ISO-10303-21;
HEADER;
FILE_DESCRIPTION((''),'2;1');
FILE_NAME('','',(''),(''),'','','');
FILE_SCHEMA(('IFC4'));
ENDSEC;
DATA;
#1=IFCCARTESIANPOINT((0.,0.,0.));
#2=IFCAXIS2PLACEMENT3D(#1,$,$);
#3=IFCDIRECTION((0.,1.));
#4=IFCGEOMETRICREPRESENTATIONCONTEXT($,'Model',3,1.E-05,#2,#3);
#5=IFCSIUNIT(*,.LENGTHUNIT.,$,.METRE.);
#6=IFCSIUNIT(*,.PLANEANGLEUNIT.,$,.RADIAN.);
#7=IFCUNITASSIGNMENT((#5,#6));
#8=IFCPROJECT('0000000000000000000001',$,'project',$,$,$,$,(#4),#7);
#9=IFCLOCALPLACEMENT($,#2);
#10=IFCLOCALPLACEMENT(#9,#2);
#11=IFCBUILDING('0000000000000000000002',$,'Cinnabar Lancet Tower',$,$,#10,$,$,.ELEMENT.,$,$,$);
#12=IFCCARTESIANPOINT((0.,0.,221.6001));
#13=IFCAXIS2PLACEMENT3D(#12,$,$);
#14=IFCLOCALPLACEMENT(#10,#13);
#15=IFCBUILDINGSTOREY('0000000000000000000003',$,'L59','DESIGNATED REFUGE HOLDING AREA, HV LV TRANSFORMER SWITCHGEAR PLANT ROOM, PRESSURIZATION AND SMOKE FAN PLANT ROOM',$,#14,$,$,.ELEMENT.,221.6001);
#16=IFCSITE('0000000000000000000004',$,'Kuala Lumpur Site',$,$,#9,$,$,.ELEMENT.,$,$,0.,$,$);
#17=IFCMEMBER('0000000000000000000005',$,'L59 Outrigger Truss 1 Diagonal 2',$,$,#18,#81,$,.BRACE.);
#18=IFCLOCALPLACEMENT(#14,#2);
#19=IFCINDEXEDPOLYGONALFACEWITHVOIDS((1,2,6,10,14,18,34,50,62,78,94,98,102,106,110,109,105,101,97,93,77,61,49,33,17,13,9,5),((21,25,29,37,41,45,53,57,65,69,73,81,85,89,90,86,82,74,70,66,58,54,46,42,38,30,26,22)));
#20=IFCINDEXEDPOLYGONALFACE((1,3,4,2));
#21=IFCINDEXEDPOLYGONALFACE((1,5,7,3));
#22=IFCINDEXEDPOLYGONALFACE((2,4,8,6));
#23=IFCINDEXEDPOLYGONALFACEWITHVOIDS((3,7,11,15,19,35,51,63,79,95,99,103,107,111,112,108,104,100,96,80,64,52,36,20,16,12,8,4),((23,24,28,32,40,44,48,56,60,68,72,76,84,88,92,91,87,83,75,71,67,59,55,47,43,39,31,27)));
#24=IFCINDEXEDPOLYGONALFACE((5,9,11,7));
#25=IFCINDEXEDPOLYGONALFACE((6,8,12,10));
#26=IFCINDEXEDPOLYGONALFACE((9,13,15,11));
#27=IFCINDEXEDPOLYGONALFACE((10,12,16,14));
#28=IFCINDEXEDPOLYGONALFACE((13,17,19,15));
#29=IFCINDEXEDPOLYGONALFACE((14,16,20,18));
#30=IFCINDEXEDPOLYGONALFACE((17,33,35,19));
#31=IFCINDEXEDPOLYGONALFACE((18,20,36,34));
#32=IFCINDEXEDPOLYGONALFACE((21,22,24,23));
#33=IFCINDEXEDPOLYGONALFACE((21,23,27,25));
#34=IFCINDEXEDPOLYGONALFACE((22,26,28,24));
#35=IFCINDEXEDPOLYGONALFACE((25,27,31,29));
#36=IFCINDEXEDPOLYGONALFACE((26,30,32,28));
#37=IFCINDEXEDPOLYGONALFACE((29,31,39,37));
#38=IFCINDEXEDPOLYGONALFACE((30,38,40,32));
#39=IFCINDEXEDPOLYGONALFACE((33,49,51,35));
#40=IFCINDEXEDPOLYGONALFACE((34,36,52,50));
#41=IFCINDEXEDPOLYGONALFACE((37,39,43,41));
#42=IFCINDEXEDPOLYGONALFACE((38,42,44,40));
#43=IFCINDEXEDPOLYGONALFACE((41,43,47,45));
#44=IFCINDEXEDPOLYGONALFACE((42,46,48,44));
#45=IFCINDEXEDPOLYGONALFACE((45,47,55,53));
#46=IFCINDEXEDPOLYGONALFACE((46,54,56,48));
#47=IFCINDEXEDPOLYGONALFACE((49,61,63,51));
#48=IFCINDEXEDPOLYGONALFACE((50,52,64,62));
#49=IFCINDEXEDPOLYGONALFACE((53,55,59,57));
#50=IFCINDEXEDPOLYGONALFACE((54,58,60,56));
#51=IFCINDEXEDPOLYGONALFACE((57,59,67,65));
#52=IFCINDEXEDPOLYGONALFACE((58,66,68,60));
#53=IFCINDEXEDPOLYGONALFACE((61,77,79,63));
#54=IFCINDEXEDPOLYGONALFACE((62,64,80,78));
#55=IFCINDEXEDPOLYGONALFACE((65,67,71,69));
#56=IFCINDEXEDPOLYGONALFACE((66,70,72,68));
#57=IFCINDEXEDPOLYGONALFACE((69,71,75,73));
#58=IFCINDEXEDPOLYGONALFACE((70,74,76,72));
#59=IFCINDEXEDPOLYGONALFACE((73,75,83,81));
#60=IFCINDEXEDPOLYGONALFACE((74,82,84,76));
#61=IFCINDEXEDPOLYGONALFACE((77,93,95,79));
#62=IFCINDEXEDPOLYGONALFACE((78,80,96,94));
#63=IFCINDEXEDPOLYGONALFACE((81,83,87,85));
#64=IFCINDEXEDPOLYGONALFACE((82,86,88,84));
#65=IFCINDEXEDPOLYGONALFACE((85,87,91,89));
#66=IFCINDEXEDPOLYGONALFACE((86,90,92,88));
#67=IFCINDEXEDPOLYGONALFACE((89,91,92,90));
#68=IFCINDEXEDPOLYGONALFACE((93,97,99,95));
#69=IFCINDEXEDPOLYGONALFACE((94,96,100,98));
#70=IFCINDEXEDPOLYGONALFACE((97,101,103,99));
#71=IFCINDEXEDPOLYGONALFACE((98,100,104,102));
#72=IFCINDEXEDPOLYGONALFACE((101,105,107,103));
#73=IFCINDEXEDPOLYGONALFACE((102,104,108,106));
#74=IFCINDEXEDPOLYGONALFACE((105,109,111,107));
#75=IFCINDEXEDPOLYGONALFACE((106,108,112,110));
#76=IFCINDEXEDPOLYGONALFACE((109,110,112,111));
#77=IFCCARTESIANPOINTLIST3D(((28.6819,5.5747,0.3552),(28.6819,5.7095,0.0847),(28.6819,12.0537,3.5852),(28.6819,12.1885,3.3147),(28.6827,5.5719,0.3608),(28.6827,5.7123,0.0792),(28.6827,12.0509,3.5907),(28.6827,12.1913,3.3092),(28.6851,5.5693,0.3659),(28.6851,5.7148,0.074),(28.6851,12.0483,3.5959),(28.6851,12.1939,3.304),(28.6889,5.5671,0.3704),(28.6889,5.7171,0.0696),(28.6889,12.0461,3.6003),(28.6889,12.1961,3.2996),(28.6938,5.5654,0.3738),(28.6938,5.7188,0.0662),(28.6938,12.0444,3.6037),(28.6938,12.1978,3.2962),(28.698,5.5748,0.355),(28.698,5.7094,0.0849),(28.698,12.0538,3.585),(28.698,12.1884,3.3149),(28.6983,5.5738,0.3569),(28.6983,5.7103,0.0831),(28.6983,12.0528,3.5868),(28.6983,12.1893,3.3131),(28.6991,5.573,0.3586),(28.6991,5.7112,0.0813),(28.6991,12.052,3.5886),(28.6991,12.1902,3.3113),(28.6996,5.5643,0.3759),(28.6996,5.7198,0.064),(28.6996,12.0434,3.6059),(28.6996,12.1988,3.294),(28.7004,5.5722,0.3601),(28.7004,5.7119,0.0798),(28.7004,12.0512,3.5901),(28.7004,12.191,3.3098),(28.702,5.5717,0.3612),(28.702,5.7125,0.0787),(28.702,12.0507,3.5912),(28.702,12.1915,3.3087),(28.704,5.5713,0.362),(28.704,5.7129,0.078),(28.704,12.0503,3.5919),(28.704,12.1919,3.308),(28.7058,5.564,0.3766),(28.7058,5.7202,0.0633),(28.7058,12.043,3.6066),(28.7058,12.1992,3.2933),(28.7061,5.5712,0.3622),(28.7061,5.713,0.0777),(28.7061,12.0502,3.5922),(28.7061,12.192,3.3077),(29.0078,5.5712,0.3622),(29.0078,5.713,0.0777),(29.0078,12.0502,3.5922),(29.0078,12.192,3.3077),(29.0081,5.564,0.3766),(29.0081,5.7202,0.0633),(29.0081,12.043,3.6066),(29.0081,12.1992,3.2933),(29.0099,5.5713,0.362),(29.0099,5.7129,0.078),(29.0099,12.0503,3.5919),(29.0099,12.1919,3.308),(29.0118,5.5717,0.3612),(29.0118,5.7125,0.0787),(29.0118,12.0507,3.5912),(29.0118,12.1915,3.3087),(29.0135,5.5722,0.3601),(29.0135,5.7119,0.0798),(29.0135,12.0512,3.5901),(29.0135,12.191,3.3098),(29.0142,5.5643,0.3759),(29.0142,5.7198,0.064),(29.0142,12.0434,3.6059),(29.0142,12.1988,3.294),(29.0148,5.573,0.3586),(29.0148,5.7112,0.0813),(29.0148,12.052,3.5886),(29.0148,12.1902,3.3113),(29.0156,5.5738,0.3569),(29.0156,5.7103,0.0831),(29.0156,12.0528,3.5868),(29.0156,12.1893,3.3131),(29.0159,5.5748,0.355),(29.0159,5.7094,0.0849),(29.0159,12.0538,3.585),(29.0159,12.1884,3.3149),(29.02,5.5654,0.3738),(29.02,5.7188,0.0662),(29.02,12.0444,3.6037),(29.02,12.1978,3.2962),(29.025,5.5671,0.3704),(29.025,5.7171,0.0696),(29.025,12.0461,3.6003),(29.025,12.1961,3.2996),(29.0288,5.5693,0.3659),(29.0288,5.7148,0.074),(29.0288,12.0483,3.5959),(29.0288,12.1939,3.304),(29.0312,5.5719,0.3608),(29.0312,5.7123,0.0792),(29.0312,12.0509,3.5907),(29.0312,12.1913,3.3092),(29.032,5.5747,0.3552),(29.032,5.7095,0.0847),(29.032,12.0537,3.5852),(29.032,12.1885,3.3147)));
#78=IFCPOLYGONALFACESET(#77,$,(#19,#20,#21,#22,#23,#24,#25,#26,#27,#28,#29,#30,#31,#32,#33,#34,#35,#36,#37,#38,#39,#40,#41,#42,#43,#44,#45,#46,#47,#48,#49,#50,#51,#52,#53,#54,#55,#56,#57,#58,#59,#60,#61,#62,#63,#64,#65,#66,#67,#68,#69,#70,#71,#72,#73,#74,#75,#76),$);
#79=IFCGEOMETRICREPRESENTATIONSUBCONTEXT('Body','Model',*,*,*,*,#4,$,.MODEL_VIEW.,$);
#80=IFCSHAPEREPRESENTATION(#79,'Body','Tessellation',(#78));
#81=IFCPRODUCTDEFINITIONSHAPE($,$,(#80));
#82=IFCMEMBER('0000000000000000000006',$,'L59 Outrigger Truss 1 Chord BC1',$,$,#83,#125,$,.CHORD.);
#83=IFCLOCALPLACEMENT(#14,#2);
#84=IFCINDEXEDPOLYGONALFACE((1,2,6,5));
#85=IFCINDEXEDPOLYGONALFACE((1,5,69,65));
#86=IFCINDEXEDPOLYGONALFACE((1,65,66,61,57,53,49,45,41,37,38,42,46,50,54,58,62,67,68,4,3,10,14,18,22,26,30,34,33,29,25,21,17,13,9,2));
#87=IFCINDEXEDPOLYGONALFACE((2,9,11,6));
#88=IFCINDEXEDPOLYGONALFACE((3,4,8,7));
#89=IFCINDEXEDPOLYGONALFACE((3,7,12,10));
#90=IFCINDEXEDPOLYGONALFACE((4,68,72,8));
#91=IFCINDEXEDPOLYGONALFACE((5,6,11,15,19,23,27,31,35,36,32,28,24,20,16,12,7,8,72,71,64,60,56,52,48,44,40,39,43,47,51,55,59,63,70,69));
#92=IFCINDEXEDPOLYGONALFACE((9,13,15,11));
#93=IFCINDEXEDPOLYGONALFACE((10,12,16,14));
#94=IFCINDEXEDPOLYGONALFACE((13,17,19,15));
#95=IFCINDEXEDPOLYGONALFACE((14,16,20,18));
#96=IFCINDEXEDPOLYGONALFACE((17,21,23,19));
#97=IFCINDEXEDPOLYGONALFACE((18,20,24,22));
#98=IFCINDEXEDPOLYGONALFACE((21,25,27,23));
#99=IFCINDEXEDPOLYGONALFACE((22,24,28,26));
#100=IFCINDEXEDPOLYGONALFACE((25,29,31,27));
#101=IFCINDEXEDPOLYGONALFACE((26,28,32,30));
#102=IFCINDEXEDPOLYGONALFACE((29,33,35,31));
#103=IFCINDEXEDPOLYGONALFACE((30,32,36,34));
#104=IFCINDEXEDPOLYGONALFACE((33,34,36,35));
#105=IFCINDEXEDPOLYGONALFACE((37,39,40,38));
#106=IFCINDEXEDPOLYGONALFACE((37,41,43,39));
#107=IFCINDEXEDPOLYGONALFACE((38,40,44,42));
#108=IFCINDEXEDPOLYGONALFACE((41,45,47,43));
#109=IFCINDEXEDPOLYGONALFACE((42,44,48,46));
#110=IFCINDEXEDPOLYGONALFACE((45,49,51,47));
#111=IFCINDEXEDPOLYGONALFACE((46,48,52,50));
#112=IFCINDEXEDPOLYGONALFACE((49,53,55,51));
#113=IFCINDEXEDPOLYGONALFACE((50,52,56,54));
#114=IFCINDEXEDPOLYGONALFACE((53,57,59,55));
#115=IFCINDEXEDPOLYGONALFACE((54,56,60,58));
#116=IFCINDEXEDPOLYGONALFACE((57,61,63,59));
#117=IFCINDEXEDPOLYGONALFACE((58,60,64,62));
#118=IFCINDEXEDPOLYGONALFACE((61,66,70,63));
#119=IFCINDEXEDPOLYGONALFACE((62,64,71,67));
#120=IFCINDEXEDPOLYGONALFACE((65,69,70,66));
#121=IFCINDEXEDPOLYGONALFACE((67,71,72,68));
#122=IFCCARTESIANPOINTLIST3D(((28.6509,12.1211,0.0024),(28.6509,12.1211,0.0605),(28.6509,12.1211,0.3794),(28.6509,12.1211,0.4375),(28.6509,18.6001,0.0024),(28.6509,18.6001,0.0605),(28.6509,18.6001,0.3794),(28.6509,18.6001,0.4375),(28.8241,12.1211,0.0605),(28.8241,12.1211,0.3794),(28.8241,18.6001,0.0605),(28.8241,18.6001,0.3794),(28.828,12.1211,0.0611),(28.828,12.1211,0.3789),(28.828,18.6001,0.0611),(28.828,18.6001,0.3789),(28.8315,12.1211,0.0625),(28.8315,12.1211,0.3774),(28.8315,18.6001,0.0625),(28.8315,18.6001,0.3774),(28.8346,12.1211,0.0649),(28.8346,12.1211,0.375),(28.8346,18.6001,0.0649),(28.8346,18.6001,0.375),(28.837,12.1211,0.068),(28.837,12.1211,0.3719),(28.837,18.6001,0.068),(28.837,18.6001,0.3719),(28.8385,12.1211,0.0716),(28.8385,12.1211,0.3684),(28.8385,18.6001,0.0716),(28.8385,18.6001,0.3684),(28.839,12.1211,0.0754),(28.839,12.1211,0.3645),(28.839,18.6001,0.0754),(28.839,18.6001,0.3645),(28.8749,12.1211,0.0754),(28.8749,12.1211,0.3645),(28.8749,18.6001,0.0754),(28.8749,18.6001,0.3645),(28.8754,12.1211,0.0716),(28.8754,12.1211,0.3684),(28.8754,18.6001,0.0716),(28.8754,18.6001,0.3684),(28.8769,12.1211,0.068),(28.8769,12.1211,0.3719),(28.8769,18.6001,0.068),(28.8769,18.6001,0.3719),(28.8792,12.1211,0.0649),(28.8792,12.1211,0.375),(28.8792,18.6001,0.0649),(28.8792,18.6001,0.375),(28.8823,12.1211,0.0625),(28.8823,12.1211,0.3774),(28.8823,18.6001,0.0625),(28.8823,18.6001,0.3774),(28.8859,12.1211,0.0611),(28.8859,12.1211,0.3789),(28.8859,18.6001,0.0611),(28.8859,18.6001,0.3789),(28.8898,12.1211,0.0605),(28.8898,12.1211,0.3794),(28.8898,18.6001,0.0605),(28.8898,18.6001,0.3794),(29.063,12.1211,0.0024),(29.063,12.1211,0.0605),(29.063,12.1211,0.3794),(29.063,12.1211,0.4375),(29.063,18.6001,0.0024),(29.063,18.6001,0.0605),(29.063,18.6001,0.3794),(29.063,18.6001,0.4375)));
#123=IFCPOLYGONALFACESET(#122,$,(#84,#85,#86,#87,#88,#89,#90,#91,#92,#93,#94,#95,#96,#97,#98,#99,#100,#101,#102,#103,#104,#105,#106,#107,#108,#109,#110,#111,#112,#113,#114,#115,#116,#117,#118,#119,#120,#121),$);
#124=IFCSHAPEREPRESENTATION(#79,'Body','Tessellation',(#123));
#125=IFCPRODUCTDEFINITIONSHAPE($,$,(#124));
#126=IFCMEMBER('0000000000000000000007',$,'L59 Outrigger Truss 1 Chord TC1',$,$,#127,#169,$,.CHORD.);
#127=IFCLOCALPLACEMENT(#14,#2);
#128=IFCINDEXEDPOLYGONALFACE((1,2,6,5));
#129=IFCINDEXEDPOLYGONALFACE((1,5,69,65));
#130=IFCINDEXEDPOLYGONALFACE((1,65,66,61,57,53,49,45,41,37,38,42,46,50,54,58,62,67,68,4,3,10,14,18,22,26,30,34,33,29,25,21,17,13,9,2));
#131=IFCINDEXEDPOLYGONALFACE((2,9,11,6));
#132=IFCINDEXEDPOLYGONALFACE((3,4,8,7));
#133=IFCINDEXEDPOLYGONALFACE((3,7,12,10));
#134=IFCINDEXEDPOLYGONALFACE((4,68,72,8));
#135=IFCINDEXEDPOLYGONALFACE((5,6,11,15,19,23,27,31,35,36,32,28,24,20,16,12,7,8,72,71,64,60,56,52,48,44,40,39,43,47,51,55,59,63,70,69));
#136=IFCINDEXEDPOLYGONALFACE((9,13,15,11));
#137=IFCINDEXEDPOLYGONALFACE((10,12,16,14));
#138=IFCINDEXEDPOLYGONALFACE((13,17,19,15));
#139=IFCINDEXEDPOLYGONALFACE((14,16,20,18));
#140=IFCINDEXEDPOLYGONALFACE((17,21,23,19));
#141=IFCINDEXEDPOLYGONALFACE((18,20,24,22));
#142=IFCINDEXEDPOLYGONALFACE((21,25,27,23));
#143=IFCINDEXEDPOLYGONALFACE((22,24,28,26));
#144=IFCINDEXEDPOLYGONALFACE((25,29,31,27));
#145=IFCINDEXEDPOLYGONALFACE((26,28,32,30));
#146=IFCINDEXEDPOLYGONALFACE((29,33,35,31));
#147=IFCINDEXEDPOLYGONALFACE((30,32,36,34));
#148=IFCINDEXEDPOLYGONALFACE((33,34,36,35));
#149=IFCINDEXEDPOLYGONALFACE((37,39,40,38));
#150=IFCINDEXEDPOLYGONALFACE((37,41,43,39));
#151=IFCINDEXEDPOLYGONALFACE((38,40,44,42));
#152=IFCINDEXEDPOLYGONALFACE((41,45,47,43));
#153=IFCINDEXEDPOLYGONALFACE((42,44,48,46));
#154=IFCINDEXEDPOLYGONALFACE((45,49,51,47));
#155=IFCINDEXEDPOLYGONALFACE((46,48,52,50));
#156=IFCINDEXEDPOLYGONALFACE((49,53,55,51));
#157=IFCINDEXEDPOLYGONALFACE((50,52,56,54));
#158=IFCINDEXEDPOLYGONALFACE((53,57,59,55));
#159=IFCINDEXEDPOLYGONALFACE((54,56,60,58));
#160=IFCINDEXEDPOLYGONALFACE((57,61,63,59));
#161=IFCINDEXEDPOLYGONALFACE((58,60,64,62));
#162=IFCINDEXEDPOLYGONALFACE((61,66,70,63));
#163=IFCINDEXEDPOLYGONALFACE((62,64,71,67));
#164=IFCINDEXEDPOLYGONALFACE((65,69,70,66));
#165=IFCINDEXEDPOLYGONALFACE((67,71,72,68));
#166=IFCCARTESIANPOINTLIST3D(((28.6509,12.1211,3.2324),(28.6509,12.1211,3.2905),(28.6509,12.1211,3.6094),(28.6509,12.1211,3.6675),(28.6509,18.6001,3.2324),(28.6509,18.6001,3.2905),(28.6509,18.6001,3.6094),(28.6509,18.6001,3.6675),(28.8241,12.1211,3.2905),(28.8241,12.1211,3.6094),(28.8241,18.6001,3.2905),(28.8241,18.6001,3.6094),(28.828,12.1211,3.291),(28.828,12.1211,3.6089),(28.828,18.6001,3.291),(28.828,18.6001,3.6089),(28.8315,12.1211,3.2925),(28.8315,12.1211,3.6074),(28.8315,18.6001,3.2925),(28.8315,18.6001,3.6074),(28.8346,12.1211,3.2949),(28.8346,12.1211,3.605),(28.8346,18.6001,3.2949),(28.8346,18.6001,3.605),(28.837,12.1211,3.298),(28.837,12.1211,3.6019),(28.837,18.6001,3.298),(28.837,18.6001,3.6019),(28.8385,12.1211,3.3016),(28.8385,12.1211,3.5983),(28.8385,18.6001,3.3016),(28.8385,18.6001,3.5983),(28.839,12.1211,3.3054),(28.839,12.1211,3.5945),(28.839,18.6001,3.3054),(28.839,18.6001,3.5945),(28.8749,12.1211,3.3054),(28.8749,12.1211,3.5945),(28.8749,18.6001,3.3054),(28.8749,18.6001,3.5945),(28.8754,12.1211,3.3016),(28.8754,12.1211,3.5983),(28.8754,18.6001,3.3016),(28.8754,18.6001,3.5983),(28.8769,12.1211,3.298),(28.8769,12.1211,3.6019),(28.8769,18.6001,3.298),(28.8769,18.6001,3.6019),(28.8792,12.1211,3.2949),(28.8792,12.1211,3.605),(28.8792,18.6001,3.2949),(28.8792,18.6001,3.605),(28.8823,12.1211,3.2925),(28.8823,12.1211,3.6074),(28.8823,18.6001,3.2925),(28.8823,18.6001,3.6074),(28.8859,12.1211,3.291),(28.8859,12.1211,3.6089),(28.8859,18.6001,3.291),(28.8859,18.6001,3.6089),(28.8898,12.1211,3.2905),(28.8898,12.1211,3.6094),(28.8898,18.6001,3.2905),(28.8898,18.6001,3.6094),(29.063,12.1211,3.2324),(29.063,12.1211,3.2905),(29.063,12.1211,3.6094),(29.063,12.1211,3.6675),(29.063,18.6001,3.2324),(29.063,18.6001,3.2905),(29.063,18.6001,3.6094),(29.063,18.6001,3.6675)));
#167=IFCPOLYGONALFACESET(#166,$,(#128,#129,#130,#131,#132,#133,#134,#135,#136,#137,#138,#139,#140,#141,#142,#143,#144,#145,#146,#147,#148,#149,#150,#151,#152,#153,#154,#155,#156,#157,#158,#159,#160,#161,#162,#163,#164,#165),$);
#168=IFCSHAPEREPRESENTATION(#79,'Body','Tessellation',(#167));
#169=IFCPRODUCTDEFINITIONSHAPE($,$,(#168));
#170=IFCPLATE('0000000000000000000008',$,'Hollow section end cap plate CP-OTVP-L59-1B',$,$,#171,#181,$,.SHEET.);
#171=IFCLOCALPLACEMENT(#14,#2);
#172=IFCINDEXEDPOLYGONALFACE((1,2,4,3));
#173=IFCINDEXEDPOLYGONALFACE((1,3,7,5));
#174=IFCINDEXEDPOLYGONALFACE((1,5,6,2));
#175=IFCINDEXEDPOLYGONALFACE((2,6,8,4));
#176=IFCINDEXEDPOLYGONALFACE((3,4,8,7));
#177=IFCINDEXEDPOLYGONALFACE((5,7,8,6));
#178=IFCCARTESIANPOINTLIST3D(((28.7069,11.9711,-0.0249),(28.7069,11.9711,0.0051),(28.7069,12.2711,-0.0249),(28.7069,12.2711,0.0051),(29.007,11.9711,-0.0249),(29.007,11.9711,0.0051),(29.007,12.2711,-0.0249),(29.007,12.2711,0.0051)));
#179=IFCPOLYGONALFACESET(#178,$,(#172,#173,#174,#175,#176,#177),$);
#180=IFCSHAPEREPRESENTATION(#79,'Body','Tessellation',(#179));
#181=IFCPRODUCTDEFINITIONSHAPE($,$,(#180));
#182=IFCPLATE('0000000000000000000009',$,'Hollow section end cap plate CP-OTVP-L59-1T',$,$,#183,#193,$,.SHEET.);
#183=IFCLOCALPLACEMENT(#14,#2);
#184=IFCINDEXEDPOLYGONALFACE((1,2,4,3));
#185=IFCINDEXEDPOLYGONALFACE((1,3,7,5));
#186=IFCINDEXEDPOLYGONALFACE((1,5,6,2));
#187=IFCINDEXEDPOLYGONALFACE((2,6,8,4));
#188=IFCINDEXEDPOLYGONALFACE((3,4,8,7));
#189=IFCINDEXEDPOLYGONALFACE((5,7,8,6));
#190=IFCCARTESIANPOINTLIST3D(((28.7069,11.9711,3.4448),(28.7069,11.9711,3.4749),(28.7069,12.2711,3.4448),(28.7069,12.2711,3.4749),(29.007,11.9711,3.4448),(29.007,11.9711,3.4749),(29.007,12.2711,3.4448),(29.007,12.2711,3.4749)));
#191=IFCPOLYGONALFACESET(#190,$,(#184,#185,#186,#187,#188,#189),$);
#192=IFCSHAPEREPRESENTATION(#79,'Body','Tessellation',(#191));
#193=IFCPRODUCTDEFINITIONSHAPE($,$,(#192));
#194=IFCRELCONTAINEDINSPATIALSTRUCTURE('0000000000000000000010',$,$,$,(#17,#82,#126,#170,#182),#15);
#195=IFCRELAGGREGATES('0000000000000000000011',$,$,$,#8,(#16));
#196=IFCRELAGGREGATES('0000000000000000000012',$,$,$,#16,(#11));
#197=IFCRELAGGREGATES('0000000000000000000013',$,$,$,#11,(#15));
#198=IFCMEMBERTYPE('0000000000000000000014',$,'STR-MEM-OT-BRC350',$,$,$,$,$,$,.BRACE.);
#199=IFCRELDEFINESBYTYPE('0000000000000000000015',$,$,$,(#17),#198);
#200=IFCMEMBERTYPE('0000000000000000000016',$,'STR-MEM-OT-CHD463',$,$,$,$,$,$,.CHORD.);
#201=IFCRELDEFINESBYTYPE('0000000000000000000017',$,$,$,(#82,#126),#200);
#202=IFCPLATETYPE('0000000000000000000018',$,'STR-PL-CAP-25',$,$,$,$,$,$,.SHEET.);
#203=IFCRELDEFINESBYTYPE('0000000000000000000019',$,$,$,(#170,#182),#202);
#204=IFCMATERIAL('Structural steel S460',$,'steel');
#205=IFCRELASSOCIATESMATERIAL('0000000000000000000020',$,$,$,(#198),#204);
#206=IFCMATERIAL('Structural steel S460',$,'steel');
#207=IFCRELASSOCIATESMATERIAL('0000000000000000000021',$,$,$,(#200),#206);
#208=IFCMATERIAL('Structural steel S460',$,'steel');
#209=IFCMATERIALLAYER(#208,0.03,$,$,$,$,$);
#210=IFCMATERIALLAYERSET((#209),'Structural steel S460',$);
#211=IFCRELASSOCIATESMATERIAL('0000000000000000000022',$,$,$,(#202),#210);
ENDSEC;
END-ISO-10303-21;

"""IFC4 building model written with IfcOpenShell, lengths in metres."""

from ifc_helpers import new_model, si_unit, direction, frame, origin, origin_2d, place, context, subcontext, project, spatial, rectangle, hollow_rectangle, i_section, extrude, material, layer, layer_set, material_profile, profile_set, type_object, element, save


model = new_model("IFC4")

# Units and contexts
model_context = context("Model", 3, precision=1e-05, world=origin(), true_north=direction((0.0, 1.0)))
body_context = subcontext(model_context, "Body", "Model", "MODEL_VIEW")
ifc_project = project(units=[si_unit("LENGTHUNIT", "METRE"), si_unit("PLANEANGLEUNIT", "RADIAN")], contexts=[model_context])

# Site, building, storey
site_placement = place(None, origin())
site = spatial("IfcSite", under=ifc_project, at=site_placement, Name="Kuala Lumpur Site", CompositionType="ELEMENT", RefElevation=0.0)
building_placement = place(site_placement, origin())
building = spatial("IfcBuilding", under=site, at=building_placement, Name="Cinnabar Lancet Tower", CompositionType="ELEMENT")
storey_placement = place(building_placement, frame((0.0, 0.0, 221.6001)))
storey = spatial("IfcBuildingStorey", under=building, at=storey_placement, Name="L59", Description="DESIGNATED REFUGE HOLDING AREA, HV LV TRANSFORMER SWITCHGEAR PLANT ROOM, PRESSURIZATION AND SMOKE FAN PLANT ROOM", CompositionType="ELEMENT", Elevation=221.6001)

# Members
ifc_material_1 = material(Name="Structural steel S460", Category="steel")
ifc_material_profile_1 = material_profile(ifc_material_1, hollow_rectangle(XDim=0.3501, YDim=0.3501, WallThickness=0.0161, InnerFilletRadius=0.0081, OuterFilletRadius=0.0239, at=origin_2d()), Name="SHS 350x350x16")
ifc_profile_set_1 = profile_set([ifc_material_profile_1], Name="Structural steel S460")
member_type_1 = type_object("IfcMemberType", Name="STR-MEM-OT-BRC350", PredefinedType="BRACE", material=ifc_profile_set_1)
member_1_placement = place(storey_placement, frame((28.8569, 12.1211, 3.45), z_axis=(0.0, -0.894953, -0.446161), x_axis=(1.0, 0.0, 0.0)))
element("IfcMember", 1, at=member_1_placement, inside=storey, type_object=member_type_1, Name="L59 Outrigger Truss 1 Diagonal 2", PredefinedType="BRACE", context=body_context, shape_type="SweptSolid", body=[
    extrude(hollow_rectangle(XDim=0.3501, YDim=0.3501, WallThickness=0.0161, InnerFilletRadius=0.0081, OuterFilletRadius=0.0239, at=origin_2d()), origin(), (0.0, 0.0, 1.0), 7.2395),
])
ifc_material_2 = material(Name="Structural steel S460", Category="steel")
ifc_material_profile_2 = material_profile(ifc_material_2, i_section(OverallWidth=0.4121, OverallDepth=0.4351, WebThickness=0.0359, FlangeThickness=0.0581, FilletRadius=0.0149, at=origin_2d()), Name="HD 400x463")
ifc_profile_set_2 = profile_set([ifc_material_profile_2], Name="Structural steel S460")
member_type_2 = type_object("IfcMemberType", Name="STR-MEM-OT-CHD463", PredefinedType="CHORD", material=ifc_profile_set_2)
for number, where, z_axis, x_axis, name in (
    (2, (28.8569, 18.6001, 0.22), (0.0, -1.0, 0.0), (1.0, 0.0, 0.0), "L59 Outrigger Truss 1 Chord BC1"),
    (3, (28.8569, 18.6001, 3.45), (0.0, -1.0, 0.0), (1.0, 0.0, 0.0), "L59 Outrigger Truss 1 Chord TC1"),
):
    element("IfcMember", number, at=place(storey_placement, frame(where, z_axis=z_axis, x_axis=x_axis)), inside=storey, type_object=member_type_2, Name=name, PredefinedType="CHORD", context=body_context, shape_type="SweptSolid", body=[
        extrude(i_section(OverallWidth=0.4121, OverallDepth=0.4351, WebThickness=0.0359, FlangeThickness=0.0581, FilletRadius=0.0149, at=origin_2d()), origin(), (0.0, 0.0, 1.0), 6.479),
    ])

# Plates
ifc_material_3 = material(Name="Structural steel S460", Category="steel")
ifc_layer_1 = layer(ifc_material_3, 0.03)
ifc_layer_set_1 = layer_set([ifc_layer_1], Name="Structural steel S460")
plate_type_1 = type_object("IfcPlateType", Name="STR-PL-CAP-25", PredefinedType="SHEET", material=ifc_layer_set_1)
for number, where, z_axis, x_axis, name in (
    (4, (28.8569, 12.1211, -0.0249), (0.0, 0.0, 1.0), (1.0, 0.0, 0.0), "Hollow section end cap plate CP-OTVP-L59-1B"),
    (5, (28.8569, 12.1211, 3.4448), (0.0, 0.0, 1.0), (1.0, 0.0, 0.0), "Hollow section end cap plate CP-OTVP-L59-1T"),
):
    element("IfcPlate", number, at=place(storey_placement, frame(where, z_axis=z_axis, x_axis=x_axis)), inside=storey, type_object=plate_type_1, Name=name, PredefinedType="SHEET", context=body_context, shape_type="SweptSolid", body=[
        extrude(rectangle(XDim=0.3, YDim=0.3, at=origin_2d()), origin(), (0.0, 0.0, 1.0), 0.03),
    ])

save(model, "model.ifc")
